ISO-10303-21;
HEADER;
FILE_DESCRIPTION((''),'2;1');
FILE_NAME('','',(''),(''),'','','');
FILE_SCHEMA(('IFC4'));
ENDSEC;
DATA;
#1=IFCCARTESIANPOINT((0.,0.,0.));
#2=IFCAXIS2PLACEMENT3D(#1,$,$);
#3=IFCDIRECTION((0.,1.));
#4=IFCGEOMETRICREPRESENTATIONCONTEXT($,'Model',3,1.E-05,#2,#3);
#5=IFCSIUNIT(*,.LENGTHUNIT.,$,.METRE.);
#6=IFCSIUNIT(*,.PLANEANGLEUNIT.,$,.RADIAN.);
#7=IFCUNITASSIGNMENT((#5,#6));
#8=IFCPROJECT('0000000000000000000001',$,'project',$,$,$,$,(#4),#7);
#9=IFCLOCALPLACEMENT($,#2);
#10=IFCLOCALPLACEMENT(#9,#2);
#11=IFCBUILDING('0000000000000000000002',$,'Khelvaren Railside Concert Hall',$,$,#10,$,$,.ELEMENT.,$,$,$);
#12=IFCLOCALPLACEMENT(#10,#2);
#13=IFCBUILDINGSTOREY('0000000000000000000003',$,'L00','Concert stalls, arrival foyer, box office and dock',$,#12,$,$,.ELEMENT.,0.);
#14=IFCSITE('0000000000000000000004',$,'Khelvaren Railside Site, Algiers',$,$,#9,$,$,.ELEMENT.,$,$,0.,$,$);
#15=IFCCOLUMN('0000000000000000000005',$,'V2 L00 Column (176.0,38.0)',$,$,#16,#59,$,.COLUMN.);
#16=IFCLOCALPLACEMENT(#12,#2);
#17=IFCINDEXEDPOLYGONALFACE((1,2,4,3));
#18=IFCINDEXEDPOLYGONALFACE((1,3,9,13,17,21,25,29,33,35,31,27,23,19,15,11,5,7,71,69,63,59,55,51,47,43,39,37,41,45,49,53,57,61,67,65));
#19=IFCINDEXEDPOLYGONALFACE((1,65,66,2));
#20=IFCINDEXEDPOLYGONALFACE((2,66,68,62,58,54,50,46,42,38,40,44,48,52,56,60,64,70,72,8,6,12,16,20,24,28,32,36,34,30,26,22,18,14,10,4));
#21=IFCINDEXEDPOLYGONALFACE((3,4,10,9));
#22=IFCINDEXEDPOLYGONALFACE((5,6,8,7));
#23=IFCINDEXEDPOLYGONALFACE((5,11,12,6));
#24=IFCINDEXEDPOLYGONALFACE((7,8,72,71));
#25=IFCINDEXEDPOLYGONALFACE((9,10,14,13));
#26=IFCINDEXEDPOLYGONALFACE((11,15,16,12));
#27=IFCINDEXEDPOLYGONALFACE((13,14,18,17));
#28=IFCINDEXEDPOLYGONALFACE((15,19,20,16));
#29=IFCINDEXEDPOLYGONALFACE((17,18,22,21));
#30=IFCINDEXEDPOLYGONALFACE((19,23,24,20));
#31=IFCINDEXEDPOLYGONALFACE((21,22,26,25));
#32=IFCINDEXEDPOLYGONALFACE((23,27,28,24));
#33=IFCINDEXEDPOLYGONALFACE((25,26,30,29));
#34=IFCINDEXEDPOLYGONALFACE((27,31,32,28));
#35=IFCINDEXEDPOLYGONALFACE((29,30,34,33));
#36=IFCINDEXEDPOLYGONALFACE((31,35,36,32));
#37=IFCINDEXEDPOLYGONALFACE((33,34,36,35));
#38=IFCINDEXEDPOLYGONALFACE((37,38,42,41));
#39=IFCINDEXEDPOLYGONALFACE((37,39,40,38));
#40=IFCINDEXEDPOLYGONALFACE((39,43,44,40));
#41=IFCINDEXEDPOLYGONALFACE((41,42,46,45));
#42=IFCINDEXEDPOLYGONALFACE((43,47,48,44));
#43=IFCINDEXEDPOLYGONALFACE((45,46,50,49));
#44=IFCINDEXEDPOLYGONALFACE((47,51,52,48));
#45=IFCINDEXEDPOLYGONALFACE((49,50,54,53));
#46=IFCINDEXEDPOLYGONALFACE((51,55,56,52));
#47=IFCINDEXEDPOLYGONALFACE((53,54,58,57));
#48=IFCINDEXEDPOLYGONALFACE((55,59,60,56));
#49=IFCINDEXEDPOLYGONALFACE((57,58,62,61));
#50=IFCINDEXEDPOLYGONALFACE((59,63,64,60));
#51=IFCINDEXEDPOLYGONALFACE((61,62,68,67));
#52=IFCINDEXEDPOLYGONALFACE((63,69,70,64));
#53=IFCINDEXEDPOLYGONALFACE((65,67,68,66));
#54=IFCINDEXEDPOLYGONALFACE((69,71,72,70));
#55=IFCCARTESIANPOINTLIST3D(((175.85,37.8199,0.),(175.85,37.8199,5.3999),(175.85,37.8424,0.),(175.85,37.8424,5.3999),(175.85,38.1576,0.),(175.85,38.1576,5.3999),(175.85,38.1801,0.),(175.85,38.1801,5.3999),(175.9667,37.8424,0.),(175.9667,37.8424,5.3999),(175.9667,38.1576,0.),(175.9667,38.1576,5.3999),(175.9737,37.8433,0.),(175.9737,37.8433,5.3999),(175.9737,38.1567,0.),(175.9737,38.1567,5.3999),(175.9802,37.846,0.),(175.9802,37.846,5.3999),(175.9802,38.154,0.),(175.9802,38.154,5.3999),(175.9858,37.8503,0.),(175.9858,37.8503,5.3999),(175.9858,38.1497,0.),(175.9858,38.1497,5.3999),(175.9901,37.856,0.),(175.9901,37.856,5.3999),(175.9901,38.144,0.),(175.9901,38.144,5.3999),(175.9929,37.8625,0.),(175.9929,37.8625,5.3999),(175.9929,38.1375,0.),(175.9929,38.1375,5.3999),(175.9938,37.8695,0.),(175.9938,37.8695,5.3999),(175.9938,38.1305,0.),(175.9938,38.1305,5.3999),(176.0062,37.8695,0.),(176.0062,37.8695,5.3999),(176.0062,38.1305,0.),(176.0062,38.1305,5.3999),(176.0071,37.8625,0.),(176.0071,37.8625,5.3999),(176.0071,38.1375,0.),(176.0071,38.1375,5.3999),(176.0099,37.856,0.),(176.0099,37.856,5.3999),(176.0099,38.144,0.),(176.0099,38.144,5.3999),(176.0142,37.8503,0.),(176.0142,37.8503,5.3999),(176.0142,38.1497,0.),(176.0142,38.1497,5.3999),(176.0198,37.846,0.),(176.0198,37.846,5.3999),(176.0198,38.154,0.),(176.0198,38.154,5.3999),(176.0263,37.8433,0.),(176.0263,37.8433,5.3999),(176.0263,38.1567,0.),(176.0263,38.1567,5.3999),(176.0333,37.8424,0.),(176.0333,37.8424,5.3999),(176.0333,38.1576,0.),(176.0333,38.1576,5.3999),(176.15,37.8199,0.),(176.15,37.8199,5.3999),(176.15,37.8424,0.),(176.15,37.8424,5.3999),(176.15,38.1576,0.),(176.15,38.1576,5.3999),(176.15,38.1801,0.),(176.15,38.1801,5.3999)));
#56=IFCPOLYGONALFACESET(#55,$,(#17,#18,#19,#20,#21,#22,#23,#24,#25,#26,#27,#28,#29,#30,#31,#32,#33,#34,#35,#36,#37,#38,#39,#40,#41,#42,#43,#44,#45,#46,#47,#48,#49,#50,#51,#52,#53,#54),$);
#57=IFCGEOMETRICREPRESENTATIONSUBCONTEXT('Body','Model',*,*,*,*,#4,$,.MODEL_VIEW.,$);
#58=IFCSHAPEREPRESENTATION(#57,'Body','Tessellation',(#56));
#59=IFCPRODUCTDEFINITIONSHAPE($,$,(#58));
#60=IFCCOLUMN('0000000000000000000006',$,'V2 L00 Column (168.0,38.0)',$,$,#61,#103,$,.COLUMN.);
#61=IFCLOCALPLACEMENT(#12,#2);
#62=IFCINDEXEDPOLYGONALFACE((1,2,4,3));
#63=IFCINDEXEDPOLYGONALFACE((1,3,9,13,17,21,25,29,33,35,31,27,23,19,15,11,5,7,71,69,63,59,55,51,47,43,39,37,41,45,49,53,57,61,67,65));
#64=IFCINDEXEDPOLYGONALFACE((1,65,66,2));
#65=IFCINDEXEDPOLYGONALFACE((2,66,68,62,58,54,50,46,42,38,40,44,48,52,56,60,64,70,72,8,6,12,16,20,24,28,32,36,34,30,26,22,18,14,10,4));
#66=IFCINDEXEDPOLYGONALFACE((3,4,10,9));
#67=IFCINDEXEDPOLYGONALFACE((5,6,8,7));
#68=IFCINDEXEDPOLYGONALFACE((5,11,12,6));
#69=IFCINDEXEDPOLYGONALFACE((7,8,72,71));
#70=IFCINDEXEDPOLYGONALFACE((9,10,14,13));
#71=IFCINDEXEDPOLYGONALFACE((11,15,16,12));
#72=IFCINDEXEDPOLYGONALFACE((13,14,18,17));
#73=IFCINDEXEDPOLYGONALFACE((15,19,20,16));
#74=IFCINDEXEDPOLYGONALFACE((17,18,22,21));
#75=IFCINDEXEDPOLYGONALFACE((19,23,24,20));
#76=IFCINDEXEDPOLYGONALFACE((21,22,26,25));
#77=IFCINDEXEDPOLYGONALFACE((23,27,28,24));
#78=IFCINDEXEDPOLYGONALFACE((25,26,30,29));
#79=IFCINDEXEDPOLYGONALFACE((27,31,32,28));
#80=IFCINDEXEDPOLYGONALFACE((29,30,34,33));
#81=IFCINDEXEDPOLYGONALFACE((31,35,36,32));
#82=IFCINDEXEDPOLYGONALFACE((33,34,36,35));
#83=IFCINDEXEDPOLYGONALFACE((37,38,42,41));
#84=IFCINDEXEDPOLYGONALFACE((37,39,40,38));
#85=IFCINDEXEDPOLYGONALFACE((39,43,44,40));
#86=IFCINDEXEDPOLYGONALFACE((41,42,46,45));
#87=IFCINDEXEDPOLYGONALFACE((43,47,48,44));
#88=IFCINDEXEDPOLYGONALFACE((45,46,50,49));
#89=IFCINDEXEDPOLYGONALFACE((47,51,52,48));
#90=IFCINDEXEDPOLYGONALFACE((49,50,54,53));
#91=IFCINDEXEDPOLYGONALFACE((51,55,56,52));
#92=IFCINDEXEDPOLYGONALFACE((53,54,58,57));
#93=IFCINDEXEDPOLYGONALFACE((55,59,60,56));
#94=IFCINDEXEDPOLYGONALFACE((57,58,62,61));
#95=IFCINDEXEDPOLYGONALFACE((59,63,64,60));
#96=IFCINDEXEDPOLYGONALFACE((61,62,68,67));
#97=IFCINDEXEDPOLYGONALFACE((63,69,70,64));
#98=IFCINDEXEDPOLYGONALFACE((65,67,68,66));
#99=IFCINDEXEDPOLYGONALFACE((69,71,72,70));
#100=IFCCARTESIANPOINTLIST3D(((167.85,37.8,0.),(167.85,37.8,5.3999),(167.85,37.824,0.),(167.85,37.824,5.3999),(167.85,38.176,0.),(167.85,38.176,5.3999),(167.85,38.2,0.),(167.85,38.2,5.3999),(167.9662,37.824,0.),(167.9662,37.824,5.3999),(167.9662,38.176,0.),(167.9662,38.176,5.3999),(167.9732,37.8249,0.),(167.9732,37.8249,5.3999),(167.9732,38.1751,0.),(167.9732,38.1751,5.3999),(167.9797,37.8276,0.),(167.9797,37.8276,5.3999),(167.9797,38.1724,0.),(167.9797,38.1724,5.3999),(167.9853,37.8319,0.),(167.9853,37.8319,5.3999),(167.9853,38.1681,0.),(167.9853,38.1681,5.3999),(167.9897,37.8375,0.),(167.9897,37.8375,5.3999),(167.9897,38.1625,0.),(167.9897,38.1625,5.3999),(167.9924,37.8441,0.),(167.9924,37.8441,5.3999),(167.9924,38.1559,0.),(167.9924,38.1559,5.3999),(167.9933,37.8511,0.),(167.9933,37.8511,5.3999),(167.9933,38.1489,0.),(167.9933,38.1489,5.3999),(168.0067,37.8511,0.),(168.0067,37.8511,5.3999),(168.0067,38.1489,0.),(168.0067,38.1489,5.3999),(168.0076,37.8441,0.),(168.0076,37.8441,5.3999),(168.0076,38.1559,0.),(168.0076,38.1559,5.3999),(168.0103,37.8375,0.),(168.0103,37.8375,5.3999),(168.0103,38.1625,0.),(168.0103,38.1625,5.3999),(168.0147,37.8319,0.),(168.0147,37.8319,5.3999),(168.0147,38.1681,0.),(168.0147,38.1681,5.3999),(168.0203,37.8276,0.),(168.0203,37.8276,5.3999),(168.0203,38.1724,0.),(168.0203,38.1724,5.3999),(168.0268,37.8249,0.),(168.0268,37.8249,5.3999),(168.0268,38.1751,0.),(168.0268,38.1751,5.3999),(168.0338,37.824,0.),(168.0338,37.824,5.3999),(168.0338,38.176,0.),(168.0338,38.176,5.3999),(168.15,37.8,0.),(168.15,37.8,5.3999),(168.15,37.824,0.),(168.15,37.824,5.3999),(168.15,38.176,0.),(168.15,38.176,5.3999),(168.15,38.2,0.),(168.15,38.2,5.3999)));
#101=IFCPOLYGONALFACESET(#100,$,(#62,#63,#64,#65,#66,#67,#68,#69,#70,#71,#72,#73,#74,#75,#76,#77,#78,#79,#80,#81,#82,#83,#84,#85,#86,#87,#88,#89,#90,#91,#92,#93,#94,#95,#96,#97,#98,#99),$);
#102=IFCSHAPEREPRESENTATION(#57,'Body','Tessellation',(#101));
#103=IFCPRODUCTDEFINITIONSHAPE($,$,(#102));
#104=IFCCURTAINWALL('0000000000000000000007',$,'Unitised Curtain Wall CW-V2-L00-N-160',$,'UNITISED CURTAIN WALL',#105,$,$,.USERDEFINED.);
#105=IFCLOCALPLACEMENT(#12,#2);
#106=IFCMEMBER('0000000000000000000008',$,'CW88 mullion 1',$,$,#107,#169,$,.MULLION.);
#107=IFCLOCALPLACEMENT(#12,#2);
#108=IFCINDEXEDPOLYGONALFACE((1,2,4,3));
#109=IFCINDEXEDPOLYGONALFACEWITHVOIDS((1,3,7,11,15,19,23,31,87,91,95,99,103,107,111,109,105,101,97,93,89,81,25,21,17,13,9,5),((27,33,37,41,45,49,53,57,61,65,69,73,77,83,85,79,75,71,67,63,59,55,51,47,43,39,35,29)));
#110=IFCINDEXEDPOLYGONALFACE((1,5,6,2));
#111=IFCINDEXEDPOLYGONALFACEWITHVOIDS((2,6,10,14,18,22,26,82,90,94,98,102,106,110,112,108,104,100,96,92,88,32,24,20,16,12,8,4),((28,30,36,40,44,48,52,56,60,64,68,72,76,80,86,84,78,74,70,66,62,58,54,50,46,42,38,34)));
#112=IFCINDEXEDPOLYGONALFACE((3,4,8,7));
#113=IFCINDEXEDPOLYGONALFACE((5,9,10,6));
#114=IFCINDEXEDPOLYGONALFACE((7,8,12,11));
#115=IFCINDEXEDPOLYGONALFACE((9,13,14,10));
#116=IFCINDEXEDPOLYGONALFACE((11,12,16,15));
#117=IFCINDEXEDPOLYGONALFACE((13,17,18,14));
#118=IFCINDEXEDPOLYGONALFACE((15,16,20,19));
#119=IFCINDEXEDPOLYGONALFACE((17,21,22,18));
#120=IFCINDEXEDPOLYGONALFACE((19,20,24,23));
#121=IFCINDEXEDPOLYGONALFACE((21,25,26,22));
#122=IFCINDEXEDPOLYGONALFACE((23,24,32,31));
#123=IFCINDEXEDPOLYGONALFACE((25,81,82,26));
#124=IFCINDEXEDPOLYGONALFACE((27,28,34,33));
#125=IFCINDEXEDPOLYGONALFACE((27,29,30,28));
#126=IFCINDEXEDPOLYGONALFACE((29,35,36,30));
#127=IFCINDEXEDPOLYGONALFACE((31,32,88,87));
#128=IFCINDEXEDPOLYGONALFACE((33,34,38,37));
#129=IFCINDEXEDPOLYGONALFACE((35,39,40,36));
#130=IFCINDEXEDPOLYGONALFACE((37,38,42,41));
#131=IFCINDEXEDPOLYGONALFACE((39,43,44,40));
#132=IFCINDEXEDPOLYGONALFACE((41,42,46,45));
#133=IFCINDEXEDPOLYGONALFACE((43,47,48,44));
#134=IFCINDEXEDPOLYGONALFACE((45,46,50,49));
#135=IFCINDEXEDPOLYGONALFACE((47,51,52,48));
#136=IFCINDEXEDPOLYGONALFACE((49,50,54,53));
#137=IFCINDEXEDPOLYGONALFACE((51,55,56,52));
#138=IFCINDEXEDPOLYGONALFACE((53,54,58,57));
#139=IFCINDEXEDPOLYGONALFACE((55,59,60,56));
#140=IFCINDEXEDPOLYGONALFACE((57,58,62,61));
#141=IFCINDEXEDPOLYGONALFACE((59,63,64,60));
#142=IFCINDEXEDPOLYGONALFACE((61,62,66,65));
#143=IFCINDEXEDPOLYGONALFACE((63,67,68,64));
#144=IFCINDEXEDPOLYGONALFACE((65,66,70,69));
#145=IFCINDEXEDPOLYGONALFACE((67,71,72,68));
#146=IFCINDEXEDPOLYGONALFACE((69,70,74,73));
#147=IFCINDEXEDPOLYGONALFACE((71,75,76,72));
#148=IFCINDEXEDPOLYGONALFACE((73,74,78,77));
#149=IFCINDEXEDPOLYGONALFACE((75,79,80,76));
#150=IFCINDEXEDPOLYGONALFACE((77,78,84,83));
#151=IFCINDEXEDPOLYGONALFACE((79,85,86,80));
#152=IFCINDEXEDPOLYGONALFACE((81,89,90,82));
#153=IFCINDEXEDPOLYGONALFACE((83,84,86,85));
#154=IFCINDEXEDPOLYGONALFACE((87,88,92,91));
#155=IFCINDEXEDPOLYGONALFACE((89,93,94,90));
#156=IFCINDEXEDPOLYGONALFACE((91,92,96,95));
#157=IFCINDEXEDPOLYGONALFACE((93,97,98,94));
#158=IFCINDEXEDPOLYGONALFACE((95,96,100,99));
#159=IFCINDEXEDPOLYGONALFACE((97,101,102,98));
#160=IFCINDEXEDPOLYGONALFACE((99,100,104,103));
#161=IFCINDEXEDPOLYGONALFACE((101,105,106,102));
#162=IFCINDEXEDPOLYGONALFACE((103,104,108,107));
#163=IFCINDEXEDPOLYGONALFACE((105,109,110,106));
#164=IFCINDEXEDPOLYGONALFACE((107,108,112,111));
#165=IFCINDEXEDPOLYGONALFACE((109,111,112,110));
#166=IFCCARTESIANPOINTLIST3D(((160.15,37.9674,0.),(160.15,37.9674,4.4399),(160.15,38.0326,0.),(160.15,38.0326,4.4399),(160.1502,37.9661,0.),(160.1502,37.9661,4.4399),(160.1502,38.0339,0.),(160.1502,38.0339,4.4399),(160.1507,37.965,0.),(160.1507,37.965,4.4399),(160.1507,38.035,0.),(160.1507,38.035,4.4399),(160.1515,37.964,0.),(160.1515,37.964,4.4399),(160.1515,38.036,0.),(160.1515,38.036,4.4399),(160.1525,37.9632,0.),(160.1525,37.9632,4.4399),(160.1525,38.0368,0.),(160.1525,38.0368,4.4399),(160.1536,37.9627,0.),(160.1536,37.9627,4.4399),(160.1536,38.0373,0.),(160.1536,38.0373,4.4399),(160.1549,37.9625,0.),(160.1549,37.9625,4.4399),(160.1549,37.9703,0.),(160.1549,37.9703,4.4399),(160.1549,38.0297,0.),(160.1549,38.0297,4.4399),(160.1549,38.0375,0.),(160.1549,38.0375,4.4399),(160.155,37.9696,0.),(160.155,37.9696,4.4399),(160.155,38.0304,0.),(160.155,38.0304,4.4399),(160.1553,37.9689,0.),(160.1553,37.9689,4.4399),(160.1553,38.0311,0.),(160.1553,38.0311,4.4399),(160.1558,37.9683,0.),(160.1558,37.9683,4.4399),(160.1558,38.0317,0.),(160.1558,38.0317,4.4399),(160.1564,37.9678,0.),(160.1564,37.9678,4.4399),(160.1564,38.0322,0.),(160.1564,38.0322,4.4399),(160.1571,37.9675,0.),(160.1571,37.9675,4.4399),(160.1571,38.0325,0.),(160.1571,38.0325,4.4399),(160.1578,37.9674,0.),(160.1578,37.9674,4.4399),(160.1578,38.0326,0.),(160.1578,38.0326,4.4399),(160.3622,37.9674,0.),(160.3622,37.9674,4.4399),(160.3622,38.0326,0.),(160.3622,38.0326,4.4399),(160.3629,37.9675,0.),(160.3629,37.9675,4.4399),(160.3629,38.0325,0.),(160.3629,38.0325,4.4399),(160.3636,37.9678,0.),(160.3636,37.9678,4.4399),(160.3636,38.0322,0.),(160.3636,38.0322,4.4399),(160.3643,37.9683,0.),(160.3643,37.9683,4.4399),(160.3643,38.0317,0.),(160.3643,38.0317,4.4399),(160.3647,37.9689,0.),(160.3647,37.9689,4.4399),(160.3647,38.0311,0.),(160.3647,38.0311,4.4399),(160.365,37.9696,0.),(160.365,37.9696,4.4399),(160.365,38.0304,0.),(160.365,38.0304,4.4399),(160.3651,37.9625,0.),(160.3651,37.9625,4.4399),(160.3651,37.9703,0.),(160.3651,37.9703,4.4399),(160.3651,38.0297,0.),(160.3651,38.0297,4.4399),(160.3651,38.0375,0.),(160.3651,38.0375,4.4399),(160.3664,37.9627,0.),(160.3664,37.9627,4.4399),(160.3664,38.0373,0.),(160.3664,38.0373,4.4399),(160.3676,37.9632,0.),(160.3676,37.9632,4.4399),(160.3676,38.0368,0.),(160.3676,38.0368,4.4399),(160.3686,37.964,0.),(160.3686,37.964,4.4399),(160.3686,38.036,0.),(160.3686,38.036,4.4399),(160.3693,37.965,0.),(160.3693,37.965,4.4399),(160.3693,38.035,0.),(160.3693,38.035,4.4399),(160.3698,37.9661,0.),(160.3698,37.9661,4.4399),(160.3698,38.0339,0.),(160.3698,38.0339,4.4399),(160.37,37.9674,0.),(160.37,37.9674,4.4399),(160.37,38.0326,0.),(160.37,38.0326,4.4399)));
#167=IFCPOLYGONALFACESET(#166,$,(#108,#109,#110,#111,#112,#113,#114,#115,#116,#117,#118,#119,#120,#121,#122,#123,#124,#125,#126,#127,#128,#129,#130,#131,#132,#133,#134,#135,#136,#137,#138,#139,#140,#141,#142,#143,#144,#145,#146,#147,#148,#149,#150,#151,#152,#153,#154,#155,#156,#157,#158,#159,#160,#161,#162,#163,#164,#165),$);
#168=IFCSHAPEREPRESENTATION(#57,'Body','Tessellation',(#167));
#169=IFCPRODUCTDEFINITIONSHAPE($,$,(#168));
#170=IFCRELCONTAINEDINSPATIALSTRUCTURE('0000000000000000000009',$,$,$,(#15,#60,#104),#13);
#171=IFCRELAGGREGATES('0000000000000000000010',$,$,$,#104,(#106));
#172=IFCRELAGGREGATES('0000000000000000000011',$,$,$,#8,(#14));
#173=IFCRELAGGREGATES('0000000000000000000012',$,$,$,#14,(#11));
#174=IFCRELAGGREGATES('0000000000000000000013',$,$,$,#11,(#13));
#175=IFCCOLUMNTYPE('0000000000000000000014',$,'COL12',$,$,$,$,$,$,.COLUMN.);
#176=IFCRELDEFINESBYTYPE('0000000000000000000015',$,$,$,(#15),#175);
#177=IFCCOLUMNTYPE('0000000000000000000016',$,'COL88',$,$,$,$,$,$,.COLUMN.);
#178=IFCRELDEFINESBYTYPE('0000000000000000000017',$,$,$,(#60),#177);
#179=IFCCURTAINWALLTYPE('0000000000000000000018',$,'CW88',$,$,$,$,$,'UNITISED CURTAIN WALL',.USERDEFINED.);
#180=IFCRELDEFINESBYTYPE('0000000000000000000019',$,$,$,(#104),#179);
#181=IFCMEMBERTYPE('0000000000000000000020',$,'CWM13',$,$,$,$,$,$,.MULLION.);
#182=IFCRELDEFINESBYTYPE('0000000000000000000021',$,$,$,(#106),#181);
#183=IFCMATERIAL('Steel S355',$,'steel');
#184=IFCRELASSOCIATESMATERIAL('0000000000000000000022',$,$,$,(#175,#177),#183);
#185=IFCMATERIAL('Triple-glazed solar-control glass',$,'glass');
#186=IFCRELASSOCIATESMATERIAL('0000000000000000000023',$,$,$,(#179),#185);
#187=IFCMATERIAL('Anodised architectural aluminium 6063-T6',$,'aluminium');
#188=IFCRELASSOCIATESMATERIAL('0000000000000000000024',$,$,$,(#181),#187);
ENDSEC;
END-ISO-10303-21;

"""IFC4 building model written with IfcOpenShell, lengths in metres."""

from ifc_helpers import new_model, si_unit, direction, frame, origin, origin_2d, place, context, subcontext, project, spatial, hollow_rectangle, i_section, extrude, material, material_profile, profile_set, type_object, element, aggregate, save


model = new_model("IFC4")

# Units and contexts
model_context = context("Model", 3, precision=1e-05, world=origin(), true_north=direction((0.0, 1.0)))
body_context = subcontext(model_context, "Body", "Model", "MODEL_VIEW")
ifc_project = project(units=[si_unit("LENGTHUNIT", "METRE"), si_unit("PLANEANGLEUNIT", "RADIAN")], contexts=[model_context])

# Site, building, storey
site_placement = place(None, origin())
site = spatial("IfcSite", under=ifc_project, at=site_placement, Name="Khelvaren Railside Site, Algiers", CompositionType="ELEMENT", RefElevation=0.0)
building_placement = place(site_placement, origin())
building = spatial("IfcBuilding", under=site, at=building_placement, Name="Khelvaren Railside Concert Hall", CompositionType="ELEMENT")
storey_placement = place(building_placement, origin())
storey = spatial("IfcBuildingStorey", under=building, at=storey_placement, Name="L00", Description="Concert stalls, arrival foyer, box office and dock", CompositionType="ELEMENT", Elevation=0.0)

# Columns
ifc_material_1 = material(Name="Steel S355", Category="steel")
ifc_material_profile_1 = material_profile(ifc_material_1, i_section(OverallWidth=0.3, OverallDepth=0.3601, WebThickness=0.0125, FlangeThickness=0.0225, FilletRadius=0.0271, at=origin_2d()), Name="HEB 360")
ifc_profile_set_1 = profile_set([ifc_material_profile_1], Name="Steel S355")
column_type_1 = type_object("IfcColumnType", Name="COL12", PredefinedType="COLUMN", material=ifc_profile_set_1)
column_1_placement = place(storey_placement, frame((176.0, 38.0, 0.0), z_axis=(0.0, 0.0, 1.0), x_axis=(1.0, 0.0, 0.0)))
element("IfcColumn", 1, at=column_1_placement, inside=storey, type_object=column_type_1, Name="V2 L00 Column (176.0,38.0)", PredefinedType="COLUMN", context=body_context, shape_type="SweptSolid", body=[
    extrude(i_section(OverallWidth=0.3, OverallDepth=0.3601, WebThickness=0.0125, FlangeThickness=0.0225, FilletRadius=0.0271, at=origin_2d()), origin(), (0.0, 0.0, 1.0), 5.3999),
])
ifc_material_profile_2 = material_profile(ifc_material_1, i_section(OverallWidth=0.3, OverallDepth=0.3999, WebThickness=0.0134, FlangeThickness=0.0239, FilletRadius=0.0271, at=origin_2d()), Name="HEB 400")
ifc_profile_set_2 = profile_set([ifc_material_profile_2], Name="Steel S355")
column_type_2 = type_object("IfcColumnType", Name="COL88", PredefinedType="COLUMN", material=ifc_profile_set_2)
column_2_placement = place(storey_placement, frame((168.0, 38.0, 0.0), z_axis=(0.0, 0.0, 1.0), x_axis=(1.0, 0.0, 0.0)))
element("IfcColumn", 2, at=column_2_placement, inside=storey, type_object=column_type_2, Name="V2 L00 Column (168.0,38.0)", PredefinedType="COLUMN", context=body_context, shape_type="SweptSolid", body=[
    extrude(i_section(OverallWidth=0.3, OverallDepth=0.3999, WebThickness=0.0134, FlangeThickness=0.0239, FilletRadius=0.0271, at=origin_2d()), origin(), (0.0, 0.0, 1.0), 5.3999),
])

# Curtain wall, member
ifc_material_2 = material(Name="Triple-glazed solar-control glass", Category="glass")
curtain_wall_type_1 = type_object("IfcCurtainWallType", Name="CW88", ElementType="UNITISED CURTAIN WALL", PredefinedType="USERDEFINED", material=ifc_material_2)
curtain_wall_1_placement = place(storey_placement, origin())
curtain_wall_1 = element("IfcCurtainWall", 3, at=curtain_wall_1_placement, inside=storey, type_object=curtain_wall_type_1, Name="Unitised Curtain Wall CW-V2-L00-N-160", ObjectType="UNITISED CURTAIN WALL", PredefinedType="USERDEFINED")
ifc_material_3 = material(Name="Anodised architectural aluminium 6063-T6", Category="aluminium")
ifc_material_profile_3 = material_profile(ifc_material_3, hollow_rectangle(XDim=0.075, YDim=0.22, WallThickness=0.0049, InnerFilletRadius=0.0029, OuterFilletRadius=0.0049, at=origin_2d()), Name="CWM 75x220x5")
ifc_profile_set_3 = profile_set([ifc_material_profile_3], Name="Anodised architectural aluminium 6063-T6")
member_type_1 = type_object("IfcMemberType", Name="CWM13", PredefinedType="MULLION", material=ifc_profile_set_3)
member_1_placement = place(storey_placement, frame((160.26, 38.0, 0.0), z_axis=(0.0, 0.0, 1.0), x_axis=(0.0, 1.0, 0.0)))
member_1 = element("IfcMember", 4, at=member_1_placement, type_object=member_type_1, Name="CW88 mullion 1", PredefinedType="MULLION", context=body_context, shape_type="SweptSolid", body=[
    extrude(hollow_rectangle(XDim=0.075, YDim=0.22, WallThickness=0.0049, InnerFilletRadius=0.0029, OuterFilletRadius=0.0049, at=origin_2d()), origin(), (0.0, 0.0, 1.0), 4.4399),
])

aggregate(curtain_wall_1, [member_1])

save(model, "model.ifc")
